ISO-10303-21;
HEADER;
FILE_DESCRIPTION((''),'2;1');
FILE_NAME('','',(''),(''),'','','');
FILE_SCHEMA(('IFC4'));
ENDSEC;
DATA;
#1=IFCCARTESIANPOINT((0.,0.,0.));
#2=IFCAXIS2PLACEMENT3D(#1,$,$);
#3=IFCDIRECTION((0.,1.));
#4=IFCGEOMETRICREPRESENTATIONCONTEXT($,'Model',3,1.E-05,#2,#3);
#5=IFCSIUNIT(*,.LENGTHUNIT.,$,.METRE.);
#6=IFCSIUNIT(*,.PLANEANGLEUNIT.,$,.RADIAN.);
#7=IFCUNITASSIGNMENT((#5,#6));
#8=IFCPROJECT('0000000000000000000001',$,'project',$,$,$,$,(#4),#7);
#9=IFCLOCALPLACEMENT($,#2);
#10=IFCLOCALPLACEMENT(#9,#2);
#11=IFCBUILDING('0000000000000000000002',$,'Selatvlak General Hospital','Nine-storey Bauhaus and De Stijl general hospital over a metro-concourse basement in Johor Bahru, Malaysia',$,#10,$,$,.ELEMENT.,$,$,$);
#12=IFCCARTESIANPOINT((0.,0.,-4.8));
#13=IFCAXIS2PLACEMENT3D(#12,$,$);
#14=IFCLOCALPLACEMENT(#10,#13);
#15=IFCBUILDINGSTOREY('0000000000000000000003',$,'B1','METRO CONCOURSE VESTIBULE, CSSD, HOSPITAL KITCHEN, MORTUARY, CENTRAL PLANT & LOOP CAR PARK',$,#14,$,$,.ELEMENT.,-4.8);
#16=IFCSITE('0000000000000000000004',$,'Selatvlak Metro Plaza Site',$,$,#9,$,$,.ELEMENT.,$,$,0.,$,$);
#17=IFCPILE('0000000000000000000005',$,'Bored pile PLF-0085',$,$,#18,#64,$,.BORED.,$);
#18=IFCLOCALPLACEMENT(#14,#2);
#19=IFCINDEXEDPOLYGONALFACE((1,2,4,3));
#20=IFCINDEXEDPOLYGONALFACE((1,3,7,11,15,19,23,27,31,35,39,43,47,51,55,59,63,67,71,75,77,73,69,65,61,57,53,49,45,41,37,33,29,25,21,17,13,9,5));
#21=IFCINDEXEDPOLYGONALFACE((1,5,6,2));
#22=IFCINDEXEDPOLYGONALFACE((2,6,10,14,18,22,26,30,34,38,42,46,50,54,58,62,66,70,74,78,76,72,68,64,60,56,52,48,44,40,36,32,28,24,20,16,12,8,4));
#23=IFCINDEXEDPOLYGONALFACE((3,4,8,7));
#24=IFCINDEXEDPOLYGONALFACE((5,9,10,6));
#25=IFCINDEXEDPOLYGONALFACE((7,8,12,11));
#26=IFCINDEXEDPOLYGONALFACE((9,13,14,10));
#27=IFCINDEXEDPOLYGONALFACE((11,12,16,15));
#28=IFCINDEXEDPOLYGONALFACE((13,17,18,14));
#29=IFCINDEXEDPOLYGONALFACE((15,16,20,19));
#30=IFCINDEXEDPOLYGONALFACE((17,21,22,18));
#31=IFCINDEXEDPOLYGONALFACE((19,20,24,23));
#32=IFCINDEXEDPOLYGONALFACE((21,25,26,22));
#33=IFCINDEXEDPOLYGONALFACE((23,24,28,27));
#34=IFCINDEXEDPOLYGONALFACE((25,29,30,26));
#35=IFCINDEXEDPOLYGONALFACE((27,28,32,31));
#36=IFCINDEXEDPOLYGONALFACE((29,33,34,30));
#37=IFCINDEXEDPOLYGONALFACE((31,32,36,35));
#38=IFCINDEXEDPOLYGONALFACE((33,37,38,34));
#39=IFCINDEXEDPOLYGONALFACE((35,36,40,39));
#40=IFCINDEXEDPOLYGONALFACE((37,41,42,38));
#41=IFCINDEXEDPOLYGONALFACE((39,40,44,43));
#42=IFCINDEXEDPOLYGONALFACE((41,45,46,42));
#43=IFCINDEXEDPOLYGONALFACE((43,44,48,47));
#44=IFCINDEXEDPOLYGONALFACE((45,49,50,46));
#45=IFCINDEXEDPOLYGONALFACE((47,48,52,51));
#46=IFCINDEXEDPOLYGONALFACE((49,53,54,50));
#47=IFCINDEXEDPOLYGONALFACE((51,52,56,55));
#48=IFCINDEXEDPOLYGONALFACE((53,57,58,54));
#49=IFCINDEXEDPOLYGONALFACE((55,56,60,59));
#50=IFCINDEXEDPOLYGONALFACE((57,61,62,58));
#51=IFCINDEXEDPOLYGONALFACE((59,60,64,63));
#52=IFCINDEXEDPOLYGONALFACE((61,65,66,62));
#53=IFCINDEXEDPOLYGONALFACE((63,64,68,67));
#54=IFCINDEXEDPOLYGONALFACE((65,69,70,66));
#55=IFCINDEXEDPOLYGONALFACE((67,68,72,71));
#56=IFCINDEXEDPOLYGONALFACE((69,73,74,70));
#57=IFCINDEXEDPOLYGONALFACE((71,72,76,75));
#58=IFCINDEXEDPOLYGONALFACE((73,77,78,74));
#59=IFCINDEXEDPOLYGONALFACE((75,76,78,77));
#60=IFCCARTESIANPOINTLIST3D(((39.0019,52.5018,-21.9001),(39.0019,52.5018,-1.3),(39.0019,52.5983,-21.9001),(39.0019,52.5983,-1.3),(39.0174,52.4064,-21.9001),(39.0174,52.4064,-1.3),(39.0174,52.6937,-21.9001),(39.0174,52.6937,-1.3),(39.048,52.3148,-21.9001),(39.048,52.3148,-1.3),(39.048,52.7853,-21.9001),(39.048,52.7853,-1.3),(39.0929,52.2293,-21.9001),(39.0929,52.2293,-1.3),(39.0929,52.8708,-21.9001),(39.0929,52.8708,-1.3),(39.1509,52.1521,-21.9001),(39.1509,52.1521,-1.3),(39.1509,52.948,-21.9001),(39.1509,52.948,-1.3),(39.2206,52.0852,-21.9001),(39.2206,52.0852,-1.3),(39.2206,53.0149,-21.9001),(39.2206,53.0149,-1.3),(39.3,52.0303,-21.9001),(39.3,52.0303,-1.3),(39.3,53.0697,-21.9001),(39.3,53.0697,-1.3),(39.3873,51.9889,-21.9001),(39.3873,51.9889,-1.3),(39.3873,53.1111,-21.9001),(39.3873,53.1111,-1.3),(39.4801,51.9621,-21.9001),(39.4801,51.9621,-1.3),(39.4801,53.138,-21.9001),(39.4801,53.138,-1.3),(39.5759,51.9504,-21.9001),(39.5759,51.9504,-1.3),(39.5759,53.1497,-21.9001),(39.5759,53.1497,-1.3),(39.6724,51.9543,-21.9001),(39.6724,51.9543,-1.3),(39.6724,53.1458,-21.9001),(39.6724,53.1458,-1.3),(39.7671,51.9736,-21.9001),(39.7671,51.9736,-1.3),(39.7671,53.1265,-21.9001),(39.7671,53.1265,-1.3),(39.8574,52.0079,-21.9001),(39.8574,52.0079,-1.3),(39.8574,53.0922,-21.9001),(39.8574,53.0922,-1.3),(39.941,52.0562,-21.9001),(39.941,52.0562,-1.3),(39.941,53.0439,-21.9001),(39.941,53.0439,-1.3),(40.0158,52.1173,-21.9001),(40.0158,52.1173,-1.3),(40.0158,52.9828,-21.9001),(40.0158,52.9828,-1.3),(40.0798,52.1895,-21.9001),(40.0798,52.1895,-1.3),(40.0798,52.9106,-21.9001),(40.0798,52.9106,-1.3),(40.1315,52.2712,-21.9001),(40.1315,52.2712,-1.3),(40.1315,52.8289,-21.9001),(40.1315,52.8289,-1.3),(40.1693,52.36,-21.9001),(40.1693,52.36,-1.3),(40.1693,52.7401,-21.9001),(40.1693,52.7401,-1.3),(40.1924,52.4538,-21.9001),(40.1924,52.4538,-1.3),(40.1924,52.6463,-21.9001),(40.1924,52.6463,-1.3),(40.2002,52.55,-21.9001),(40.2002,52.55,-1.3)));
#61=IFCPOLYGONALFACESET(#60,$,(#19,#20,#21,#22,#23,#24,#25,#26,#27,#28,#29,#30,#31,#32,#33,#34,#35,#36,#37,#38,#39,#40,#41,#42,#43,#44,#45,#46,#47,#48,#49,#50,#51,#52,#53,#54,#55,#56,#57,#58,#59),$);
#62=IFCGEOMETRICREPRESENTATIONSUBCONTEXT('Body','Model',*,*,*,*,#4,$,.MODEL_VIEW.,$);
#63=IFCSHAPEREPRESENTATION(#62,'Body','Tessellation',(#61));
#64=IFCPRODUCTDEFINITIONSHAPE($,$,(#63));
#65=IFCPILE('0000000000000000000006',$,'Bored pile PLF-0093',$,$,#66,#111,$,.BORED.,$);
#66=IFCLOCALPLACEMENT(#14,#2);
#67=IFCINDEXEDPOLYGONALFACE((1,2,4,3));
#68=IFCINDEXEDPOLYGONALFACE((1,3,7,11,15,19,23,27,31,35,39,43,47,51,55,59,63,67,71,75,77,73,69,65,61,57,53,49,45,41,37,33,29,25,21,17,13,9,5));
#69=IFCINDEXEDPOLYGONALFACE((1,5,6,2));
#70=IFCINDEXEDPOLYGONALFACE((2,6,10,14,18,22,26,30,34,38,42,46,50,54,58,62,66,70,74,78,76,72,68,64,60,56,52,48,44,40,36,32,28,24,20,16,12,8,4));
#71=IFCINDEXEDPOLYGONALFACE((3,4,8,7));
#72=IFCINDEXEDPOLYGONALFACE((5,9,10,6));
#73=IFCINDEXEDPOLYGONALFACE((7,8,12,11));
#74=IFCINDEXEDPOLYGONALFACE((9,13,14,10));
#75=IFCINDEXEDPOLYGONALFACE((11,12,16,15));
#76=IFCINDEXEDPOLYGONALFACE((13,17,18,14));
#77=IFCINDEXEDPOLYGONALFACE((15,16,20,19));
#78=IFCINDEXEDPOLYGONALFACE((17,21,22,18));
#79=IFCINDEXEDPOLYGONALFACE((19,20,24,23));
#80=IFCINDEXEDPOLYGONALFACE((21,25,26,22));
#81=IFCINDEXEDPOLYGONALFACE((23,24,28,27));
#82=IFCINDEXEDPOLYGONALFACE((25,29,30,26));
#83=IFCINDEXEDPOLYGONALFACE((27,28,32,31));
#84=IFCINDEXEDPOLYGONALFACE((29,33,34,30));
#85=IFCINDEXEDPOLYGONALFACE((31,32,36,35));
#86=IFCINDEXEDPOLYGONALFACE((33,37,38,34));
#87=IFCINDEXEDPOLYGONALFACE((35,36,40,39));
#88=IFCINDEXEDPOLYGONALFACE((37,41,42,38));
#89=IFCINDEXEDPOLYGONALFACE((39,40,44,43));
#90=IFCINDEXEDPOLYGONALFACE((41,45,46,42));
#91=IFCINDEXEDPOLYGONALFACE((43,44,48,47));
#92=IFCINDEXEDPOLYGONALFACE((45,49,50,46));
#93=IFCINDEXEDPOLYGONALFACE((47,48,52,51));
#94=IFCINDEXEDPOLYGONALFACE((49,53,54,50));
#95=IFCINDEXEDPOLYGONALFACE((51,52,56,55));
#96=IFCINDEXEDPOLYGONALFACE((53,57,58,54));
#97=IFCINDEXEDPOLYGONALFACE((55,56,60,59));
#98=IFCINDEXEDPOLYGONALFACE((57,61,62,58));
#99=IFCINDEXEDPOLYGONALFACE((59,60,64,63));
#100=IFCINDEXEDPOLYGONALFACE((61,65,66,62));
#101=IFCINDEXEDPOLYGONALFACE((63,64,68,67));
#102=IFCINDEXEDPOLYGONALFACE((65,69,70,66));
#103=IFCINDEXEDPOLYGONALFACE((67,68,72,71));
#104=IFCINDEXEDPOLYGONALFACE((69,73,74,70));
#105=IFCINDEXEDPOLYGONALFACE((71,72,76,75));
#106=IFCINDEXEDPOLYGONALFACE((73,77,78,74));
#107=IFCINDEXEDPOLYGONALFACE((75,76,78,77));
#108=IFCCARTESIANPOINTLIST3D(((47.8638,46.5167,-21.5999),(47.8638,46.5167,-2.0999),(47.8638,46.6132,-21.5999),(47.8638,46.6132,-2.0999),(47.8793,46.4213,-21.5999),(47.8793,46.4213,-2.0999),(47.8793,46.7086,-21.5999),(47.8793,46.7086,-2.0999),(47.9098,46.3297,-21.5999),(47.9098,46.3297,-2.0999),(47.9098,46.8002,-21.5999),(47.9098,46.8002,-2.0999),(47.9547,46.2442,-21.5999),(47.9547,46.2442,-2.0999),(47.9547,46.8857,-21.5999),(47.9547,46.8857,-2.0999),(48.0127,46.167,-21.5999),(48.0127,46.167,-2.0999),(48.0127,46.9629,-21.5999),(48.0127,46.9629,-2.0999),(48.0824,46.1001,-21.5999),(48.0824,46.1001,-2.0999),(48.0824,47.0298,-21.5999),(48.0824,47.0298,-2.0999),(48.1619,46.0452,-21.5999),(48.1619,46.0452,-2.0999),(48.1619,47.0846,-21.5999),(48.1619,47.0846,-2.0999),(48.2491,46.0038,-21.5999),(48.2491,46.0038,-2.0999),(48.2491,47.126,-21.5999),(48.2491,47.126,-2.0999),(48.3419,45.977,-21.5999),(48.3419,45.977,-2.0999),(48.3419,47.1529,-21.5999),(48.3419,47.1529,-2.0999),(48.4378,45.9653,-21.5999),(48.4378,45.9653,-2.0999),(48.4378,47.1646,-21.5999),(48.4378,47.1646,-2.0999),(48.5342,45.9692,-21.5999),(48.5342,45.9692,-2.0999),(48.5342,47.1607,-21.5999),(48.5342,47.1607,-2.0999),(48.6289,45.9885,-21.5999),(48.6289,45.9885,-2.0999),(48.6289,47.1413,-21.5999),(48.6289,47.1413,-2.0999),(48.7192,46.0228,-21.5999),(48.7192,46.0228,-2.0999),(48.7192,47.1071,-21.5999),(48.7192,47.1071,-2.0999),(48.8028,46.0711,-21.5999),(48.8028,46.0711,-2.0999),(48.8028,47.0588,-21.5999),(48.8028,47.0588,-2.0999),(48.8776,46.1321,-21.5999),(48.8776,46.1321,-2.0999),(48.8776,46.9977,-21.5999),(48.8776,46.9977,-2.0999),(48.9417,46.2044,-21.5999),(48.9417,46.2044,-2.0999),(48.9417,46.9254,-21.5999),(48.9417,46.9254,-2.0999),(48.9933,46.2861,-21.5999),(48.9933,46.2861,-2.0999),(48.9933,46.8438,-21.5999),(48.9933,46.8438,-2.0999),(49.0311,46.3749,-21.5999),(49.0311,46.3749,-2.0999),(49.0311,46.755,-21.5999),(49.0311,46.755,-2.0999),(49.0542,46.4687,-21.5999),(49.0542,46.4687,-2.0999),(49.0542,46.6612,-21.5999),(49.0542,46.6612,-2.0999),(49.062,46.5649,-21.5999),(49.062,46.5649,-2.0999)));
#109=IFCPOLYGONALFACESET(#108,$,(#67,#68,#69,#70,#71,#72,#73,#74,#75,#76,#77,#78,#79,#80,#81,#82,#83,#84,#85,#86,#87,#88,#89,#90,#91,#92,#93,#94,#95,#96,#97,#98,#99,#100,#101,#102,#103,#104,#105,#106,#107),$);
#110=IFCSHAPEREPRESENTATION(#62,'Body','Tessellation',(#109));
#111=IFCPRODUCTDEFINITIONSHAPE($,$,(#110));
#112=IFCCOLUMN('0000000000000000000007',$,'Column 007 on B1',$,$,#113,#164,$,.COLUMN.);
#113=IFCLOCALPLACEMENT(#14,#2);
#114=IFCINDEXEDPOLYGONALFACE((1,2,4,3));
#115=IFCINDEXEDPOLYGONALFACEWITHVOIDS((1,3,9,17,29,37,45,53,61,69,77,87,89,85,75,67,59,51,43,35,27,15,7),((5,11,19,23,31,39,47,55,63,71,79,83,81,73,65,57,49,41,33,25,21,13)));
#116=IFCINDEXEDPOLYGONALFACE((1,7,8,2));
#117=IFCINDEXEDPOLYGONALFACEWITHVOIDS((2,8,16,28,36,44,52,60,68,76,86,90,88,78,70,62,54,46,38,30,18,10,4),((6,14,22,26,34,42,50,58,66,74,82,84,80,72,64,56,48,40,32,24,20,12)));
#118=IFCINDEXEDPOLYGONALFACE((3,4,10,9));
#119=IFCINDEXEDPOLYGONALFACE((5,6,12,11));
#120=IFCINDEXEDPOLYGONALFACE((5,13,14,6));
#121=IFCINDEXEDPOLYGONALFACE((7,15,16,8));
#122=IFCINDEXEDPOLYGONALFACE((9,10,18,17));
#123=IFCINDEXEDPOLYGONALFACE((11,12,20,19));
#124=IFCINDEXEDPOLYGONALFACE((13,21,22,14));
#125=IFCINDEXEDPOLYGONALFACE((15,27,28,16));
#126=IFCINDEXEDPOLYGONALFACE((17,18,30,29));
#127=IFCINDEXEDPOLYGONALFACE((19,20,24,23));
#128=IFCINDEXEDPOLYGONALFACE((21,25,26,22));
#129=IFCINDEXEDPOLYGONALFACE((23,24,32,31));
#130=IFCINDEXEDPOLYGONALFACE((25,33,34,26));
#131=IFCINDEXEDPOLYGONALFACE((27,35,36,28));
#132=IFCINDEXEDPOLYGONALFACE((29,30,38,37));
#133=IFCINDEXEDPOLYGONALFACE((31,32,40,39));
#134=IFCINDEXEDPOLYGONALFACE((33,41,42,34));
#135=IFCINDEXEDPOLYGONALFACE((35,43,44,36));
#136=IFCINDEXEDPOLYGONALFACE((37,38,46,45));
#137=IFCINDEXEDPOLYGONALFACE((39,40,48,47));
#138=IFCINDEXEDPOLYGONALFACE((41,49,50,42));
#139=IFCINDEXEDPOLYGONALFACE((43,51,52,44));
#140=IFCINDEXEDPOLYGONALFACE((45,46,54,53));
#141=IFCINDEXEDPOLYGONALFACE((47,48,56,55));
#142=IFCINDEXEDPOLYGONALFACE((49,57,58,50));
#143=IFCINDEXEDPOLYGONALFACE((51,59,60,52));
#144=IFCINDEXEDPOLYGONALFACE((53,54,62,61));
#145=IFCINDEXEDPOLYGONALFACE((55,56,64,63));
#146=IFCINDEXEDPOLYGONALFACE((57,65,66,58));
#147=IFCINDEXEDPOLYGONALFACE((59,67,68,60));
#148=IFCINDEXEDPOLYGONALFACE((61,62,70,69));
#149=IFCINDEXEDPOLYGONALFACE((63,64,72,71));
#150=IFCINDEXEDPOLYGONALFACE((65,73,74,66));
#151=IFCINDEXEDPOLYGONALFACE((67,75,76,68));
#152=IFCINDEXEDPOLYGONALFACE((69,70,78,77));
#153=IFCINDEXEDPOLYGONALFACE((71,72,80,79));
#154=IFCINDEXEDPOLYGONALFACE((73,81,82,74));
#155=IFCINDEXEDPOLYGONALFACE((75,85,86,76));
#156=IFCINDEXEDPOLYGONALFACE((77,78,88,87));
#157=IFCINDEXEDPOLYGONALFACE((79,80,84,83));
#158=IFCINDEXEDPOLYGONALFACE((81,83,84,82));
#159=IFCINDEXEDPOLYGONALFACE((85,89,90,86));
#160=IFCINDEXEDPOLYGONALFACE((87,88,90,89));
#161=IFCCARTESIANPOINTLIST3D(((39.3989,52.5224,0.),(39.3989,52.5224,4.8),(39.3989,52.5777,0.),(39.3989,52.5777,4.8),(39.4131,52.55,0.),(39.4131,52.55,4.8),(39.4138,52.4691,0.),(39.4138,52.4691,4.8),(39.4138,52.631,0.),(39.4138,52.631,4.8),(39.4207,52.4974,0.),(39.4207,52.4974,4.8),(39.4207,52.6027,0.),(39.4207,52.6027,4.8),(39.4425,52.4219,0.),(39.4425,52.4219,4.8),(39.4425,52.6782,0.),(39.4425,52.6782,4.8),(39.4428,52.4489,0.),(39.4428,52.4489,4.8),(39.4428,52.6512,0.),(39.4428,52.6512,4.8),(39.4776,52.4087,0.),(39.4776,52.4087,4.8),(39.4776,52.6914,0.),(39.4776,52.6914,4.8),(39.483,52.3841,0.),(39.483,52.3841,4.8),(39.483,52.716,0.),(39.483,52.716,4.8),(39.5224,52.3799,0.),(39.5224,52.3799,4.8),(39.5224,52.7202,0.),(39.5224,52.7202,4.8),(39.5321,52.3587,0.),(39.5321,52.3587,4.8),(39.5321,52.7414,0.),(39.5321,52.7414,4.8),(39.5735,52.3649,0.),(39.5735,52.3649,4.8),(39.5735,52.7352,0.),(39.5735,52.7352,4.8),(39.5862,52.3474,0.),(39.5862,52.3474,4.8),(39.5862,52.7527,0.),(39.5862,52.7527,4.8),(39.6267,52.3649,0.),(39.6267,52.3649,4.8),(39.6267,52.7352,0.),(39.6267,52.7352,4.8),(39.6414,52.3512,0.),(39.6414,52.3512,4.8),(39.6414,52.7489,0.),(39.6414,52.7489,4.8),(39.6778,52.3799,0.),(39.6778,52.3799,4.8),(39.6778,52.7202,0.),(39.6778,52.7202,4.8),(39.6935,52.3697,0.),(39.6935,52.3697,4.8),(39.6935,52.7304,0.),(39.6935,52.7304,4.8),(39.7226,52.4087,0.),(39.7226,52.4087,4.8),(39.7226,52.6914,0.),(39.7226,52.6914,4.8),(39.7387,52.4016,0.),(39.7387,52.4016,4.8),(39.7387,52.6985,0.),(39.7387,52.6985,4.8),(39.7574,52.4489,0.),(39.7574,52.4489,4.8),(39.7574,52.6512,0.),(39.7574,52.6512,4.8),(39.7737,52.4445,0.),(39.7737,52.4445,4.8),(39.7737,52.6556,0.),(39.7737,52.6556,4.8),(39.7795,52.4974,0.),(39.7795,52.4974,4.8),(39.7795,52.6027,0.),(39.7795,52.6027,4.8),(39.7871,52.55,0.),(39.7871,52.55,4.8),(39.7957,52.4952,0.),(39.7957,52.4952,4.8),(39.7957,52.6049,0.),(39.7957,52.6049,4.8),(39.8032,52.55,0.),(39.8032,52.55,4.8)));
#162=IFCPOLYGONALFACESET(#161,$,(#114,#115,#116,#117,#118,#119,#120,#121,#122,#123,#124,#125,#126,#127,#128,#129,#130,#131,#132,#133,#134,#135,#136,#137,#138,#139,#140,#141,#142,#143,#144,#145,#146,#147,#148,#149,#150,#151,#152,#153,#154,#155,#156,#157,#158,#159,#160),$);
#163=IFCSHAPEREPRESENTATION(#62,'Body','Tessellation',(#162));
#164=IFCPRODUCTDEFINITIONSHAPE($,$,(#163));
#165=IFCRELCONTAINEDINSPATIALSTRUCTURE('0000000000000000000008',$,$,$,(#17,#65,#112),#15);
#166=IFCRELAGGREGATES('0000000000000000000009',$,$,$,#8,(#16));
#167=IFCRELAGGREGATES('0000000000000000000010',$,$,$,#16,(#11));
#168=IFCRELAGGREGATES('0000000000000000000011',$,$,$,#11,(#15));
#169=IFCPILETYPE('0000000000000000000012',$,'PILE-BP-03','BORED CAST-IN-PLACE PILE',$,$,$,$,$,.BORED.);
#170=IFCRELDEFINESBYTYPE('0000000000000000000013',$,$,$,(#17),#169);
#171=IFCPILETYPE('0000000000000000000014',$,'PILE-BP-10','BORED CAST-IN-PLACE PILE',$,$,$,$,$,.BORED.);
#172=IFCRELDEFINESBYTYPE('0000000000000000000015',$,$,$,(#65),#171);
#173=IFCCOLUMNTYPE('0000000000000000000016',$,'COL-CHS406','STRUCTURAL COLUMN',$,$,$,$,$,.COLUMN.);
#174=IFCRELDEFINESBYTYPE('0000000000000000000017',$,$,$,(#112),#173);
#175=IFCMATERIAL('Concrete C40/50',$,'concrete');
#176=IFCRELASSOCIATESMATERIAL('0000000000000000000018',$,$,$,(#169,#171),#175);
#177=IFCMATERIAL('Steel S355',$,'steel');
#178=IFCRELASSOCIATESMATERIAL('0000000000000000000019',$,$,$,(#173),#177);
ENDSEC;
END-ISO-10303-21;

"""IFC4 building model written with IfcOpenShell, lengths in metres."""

from ifc_helpers import new_model, si_unit, direction, frame, origin, origin_2d, place, context, subcontext, project, spatial, circle, hollow_circle, extrude, material, material_profile, profile_set, type_object, element, save


model = new_model("IFC4")

# Units and contexts
model_context = context("Model", 3, precision=1e-05, world=origin(), true_north=direction((0.0, 1.0)))
body_context = subcontext(model_context, "Body", "Model", "MODEL_VIEW")
ifc_project = project(units=[si_unit("LENGTHUNIT", "METRE"), si_unit("PLANEANGLEUNIT", "RADIAN")], contexts=[model_context])

# Site, building, storey
site_placement = place(None, origin())
site = spatial("IfcSite", under=ifc_project, at=site_placement, Name="Selatvlak Metro Plaza Site", CompositionType="ELEMENT", RefElevation=0.0)
building_placement = place(site_placement, origin())
building = spatial("IfcBuilding", under=site, at=building_placement, Name="Selatvlak General Hospital", Description="Nine-storey Bauhaus and De Stijl general hospital over a metro-concourse basement in Johor Bahru, Malaysia", CompositionType="ELEMENT")
storey_placement = place(building_placement, frame((0.0, 0.0, -4.8)))
storey = spatial("IfcBuildingStorey", under=building, at=storey_placement, Name="B1", Description="METRO CONCOURSE VESTIBULE, CSSD, HOSPITAL KITCHEN, MORTUARY, CENTRAL PLANT & LOOP CAR PARK", CompositionType="ELEMENT", Elevation=-4.8)

# Shared definitions
ifc_material_1 = material(Name="Concrete C40/50", Category="concrete")

# Piles
ifc_material_profile_1 = material_profile(ifc_material_1, circle(Radius=0.6001, at=origin_2d()), Name="BORED PILE 1200")
ifc_profile_set_1 = profile_set([ifc_material_profile_1], Name="Concrete C40/50")
pile_type_1 = type_object("IfcPileType", Name="PILE-BP-03", Description="BORED CAST-IN-PLACE PILE", PredefinedType="BORED", material=ifc_profile_set_1)
pile_1_placement = place(storey_placement, frame((39.6001, 52.55, -1.3), z_axis=(0.0, 0.0, -1.0), x_axis=(1.0, 0.0, 0.0)))
element("IfcPile", 1, at=pile_1_placement, inside=storey, type_object=pile_type_1, Name="Bored pile PLF-0085", PredefinedType="BORED", context=body_context, shape_type="SweptSolid", body=[
    extrude(circle(Radius=0.6001, at=origin_2d()), origin(), (0.0, 0.0, 1.0), 20.6001),
])
ifc_material_profile_2 = material_profile(ifc_material_1, circle(Radius=0.6001, at=origin_2d()), Name="BORED PILE 1200")
ifc_profile_set_2 = profile_set([ifc_material_profile_2], Name="Concrete C40/50")
pile_type_2 = type_object("IfcPileType", Name="PILE-BP-10", Description="BORED CAST-IN-PLACE PILE", PredefinedType="BORED", material=ifc_profile_set_2)
pile_2_placement = place(storey_placement, frame((48.4619, 46.5649, -2.0999), z_axis=(0.0, 0.0, -1.0), x_axis=(1.0, 0.0, 0.0)))
element("IfcPile", 2, at=pile_2_placement, inside=storey, type_object=pile_type_2, Name="Bored pile PLF-0093", PredefinedType="BORED", context=body_context, shape_type="SweptSolid", body=[
    extrude(circle(Radius=0.6001, at=origin_2d()), origin(), (0.0, 0.0, 1.0), 19.5),
])

# Column
ifc_material_2 = material(Name="Steel S355", Category="steel")
ifc_material_profile_3 = material_profile(ifc_material_2, hollow_circle(Radius=0.2031, WallThickness=0.0161, at=origin_2d()), Name="CHS 406.4x16")
ifc_profile_set_3 = profile_set([ifc_material_profile_3], Name="Steel S355")
column_type_1 = type_object("IfcColumnType", Name="COL-CHS406", Description="STRUCTURAL COLUMN", PredefinedType="COLUMN", material=ifc_profile_set_3)
for number, where, z_axis, x_axis, name in (
    (3, (39.6001, 52.55, 0.0), (0.0, 0.0, 1.0), (1.0, 0.0, 0.0), "Column 007 on B1"),
):
    element("IfcColumn", number, at=place(storey_placement, frame(where, z_axis=z_axis, x_axis=x_axis)), inside=storey, type_object=column_type_1, Name=name, PredefinedType="COLUMN", context=body_context, shape_type="SweptSolid", body=[
        extrude(hollow_circle(Radius=0.2031, WallThickness=0.0161, at=origin_2d()), origin(), (0.0, 0.0, 1.0), 4.8),
    ])

save(model, "model.ifc")
